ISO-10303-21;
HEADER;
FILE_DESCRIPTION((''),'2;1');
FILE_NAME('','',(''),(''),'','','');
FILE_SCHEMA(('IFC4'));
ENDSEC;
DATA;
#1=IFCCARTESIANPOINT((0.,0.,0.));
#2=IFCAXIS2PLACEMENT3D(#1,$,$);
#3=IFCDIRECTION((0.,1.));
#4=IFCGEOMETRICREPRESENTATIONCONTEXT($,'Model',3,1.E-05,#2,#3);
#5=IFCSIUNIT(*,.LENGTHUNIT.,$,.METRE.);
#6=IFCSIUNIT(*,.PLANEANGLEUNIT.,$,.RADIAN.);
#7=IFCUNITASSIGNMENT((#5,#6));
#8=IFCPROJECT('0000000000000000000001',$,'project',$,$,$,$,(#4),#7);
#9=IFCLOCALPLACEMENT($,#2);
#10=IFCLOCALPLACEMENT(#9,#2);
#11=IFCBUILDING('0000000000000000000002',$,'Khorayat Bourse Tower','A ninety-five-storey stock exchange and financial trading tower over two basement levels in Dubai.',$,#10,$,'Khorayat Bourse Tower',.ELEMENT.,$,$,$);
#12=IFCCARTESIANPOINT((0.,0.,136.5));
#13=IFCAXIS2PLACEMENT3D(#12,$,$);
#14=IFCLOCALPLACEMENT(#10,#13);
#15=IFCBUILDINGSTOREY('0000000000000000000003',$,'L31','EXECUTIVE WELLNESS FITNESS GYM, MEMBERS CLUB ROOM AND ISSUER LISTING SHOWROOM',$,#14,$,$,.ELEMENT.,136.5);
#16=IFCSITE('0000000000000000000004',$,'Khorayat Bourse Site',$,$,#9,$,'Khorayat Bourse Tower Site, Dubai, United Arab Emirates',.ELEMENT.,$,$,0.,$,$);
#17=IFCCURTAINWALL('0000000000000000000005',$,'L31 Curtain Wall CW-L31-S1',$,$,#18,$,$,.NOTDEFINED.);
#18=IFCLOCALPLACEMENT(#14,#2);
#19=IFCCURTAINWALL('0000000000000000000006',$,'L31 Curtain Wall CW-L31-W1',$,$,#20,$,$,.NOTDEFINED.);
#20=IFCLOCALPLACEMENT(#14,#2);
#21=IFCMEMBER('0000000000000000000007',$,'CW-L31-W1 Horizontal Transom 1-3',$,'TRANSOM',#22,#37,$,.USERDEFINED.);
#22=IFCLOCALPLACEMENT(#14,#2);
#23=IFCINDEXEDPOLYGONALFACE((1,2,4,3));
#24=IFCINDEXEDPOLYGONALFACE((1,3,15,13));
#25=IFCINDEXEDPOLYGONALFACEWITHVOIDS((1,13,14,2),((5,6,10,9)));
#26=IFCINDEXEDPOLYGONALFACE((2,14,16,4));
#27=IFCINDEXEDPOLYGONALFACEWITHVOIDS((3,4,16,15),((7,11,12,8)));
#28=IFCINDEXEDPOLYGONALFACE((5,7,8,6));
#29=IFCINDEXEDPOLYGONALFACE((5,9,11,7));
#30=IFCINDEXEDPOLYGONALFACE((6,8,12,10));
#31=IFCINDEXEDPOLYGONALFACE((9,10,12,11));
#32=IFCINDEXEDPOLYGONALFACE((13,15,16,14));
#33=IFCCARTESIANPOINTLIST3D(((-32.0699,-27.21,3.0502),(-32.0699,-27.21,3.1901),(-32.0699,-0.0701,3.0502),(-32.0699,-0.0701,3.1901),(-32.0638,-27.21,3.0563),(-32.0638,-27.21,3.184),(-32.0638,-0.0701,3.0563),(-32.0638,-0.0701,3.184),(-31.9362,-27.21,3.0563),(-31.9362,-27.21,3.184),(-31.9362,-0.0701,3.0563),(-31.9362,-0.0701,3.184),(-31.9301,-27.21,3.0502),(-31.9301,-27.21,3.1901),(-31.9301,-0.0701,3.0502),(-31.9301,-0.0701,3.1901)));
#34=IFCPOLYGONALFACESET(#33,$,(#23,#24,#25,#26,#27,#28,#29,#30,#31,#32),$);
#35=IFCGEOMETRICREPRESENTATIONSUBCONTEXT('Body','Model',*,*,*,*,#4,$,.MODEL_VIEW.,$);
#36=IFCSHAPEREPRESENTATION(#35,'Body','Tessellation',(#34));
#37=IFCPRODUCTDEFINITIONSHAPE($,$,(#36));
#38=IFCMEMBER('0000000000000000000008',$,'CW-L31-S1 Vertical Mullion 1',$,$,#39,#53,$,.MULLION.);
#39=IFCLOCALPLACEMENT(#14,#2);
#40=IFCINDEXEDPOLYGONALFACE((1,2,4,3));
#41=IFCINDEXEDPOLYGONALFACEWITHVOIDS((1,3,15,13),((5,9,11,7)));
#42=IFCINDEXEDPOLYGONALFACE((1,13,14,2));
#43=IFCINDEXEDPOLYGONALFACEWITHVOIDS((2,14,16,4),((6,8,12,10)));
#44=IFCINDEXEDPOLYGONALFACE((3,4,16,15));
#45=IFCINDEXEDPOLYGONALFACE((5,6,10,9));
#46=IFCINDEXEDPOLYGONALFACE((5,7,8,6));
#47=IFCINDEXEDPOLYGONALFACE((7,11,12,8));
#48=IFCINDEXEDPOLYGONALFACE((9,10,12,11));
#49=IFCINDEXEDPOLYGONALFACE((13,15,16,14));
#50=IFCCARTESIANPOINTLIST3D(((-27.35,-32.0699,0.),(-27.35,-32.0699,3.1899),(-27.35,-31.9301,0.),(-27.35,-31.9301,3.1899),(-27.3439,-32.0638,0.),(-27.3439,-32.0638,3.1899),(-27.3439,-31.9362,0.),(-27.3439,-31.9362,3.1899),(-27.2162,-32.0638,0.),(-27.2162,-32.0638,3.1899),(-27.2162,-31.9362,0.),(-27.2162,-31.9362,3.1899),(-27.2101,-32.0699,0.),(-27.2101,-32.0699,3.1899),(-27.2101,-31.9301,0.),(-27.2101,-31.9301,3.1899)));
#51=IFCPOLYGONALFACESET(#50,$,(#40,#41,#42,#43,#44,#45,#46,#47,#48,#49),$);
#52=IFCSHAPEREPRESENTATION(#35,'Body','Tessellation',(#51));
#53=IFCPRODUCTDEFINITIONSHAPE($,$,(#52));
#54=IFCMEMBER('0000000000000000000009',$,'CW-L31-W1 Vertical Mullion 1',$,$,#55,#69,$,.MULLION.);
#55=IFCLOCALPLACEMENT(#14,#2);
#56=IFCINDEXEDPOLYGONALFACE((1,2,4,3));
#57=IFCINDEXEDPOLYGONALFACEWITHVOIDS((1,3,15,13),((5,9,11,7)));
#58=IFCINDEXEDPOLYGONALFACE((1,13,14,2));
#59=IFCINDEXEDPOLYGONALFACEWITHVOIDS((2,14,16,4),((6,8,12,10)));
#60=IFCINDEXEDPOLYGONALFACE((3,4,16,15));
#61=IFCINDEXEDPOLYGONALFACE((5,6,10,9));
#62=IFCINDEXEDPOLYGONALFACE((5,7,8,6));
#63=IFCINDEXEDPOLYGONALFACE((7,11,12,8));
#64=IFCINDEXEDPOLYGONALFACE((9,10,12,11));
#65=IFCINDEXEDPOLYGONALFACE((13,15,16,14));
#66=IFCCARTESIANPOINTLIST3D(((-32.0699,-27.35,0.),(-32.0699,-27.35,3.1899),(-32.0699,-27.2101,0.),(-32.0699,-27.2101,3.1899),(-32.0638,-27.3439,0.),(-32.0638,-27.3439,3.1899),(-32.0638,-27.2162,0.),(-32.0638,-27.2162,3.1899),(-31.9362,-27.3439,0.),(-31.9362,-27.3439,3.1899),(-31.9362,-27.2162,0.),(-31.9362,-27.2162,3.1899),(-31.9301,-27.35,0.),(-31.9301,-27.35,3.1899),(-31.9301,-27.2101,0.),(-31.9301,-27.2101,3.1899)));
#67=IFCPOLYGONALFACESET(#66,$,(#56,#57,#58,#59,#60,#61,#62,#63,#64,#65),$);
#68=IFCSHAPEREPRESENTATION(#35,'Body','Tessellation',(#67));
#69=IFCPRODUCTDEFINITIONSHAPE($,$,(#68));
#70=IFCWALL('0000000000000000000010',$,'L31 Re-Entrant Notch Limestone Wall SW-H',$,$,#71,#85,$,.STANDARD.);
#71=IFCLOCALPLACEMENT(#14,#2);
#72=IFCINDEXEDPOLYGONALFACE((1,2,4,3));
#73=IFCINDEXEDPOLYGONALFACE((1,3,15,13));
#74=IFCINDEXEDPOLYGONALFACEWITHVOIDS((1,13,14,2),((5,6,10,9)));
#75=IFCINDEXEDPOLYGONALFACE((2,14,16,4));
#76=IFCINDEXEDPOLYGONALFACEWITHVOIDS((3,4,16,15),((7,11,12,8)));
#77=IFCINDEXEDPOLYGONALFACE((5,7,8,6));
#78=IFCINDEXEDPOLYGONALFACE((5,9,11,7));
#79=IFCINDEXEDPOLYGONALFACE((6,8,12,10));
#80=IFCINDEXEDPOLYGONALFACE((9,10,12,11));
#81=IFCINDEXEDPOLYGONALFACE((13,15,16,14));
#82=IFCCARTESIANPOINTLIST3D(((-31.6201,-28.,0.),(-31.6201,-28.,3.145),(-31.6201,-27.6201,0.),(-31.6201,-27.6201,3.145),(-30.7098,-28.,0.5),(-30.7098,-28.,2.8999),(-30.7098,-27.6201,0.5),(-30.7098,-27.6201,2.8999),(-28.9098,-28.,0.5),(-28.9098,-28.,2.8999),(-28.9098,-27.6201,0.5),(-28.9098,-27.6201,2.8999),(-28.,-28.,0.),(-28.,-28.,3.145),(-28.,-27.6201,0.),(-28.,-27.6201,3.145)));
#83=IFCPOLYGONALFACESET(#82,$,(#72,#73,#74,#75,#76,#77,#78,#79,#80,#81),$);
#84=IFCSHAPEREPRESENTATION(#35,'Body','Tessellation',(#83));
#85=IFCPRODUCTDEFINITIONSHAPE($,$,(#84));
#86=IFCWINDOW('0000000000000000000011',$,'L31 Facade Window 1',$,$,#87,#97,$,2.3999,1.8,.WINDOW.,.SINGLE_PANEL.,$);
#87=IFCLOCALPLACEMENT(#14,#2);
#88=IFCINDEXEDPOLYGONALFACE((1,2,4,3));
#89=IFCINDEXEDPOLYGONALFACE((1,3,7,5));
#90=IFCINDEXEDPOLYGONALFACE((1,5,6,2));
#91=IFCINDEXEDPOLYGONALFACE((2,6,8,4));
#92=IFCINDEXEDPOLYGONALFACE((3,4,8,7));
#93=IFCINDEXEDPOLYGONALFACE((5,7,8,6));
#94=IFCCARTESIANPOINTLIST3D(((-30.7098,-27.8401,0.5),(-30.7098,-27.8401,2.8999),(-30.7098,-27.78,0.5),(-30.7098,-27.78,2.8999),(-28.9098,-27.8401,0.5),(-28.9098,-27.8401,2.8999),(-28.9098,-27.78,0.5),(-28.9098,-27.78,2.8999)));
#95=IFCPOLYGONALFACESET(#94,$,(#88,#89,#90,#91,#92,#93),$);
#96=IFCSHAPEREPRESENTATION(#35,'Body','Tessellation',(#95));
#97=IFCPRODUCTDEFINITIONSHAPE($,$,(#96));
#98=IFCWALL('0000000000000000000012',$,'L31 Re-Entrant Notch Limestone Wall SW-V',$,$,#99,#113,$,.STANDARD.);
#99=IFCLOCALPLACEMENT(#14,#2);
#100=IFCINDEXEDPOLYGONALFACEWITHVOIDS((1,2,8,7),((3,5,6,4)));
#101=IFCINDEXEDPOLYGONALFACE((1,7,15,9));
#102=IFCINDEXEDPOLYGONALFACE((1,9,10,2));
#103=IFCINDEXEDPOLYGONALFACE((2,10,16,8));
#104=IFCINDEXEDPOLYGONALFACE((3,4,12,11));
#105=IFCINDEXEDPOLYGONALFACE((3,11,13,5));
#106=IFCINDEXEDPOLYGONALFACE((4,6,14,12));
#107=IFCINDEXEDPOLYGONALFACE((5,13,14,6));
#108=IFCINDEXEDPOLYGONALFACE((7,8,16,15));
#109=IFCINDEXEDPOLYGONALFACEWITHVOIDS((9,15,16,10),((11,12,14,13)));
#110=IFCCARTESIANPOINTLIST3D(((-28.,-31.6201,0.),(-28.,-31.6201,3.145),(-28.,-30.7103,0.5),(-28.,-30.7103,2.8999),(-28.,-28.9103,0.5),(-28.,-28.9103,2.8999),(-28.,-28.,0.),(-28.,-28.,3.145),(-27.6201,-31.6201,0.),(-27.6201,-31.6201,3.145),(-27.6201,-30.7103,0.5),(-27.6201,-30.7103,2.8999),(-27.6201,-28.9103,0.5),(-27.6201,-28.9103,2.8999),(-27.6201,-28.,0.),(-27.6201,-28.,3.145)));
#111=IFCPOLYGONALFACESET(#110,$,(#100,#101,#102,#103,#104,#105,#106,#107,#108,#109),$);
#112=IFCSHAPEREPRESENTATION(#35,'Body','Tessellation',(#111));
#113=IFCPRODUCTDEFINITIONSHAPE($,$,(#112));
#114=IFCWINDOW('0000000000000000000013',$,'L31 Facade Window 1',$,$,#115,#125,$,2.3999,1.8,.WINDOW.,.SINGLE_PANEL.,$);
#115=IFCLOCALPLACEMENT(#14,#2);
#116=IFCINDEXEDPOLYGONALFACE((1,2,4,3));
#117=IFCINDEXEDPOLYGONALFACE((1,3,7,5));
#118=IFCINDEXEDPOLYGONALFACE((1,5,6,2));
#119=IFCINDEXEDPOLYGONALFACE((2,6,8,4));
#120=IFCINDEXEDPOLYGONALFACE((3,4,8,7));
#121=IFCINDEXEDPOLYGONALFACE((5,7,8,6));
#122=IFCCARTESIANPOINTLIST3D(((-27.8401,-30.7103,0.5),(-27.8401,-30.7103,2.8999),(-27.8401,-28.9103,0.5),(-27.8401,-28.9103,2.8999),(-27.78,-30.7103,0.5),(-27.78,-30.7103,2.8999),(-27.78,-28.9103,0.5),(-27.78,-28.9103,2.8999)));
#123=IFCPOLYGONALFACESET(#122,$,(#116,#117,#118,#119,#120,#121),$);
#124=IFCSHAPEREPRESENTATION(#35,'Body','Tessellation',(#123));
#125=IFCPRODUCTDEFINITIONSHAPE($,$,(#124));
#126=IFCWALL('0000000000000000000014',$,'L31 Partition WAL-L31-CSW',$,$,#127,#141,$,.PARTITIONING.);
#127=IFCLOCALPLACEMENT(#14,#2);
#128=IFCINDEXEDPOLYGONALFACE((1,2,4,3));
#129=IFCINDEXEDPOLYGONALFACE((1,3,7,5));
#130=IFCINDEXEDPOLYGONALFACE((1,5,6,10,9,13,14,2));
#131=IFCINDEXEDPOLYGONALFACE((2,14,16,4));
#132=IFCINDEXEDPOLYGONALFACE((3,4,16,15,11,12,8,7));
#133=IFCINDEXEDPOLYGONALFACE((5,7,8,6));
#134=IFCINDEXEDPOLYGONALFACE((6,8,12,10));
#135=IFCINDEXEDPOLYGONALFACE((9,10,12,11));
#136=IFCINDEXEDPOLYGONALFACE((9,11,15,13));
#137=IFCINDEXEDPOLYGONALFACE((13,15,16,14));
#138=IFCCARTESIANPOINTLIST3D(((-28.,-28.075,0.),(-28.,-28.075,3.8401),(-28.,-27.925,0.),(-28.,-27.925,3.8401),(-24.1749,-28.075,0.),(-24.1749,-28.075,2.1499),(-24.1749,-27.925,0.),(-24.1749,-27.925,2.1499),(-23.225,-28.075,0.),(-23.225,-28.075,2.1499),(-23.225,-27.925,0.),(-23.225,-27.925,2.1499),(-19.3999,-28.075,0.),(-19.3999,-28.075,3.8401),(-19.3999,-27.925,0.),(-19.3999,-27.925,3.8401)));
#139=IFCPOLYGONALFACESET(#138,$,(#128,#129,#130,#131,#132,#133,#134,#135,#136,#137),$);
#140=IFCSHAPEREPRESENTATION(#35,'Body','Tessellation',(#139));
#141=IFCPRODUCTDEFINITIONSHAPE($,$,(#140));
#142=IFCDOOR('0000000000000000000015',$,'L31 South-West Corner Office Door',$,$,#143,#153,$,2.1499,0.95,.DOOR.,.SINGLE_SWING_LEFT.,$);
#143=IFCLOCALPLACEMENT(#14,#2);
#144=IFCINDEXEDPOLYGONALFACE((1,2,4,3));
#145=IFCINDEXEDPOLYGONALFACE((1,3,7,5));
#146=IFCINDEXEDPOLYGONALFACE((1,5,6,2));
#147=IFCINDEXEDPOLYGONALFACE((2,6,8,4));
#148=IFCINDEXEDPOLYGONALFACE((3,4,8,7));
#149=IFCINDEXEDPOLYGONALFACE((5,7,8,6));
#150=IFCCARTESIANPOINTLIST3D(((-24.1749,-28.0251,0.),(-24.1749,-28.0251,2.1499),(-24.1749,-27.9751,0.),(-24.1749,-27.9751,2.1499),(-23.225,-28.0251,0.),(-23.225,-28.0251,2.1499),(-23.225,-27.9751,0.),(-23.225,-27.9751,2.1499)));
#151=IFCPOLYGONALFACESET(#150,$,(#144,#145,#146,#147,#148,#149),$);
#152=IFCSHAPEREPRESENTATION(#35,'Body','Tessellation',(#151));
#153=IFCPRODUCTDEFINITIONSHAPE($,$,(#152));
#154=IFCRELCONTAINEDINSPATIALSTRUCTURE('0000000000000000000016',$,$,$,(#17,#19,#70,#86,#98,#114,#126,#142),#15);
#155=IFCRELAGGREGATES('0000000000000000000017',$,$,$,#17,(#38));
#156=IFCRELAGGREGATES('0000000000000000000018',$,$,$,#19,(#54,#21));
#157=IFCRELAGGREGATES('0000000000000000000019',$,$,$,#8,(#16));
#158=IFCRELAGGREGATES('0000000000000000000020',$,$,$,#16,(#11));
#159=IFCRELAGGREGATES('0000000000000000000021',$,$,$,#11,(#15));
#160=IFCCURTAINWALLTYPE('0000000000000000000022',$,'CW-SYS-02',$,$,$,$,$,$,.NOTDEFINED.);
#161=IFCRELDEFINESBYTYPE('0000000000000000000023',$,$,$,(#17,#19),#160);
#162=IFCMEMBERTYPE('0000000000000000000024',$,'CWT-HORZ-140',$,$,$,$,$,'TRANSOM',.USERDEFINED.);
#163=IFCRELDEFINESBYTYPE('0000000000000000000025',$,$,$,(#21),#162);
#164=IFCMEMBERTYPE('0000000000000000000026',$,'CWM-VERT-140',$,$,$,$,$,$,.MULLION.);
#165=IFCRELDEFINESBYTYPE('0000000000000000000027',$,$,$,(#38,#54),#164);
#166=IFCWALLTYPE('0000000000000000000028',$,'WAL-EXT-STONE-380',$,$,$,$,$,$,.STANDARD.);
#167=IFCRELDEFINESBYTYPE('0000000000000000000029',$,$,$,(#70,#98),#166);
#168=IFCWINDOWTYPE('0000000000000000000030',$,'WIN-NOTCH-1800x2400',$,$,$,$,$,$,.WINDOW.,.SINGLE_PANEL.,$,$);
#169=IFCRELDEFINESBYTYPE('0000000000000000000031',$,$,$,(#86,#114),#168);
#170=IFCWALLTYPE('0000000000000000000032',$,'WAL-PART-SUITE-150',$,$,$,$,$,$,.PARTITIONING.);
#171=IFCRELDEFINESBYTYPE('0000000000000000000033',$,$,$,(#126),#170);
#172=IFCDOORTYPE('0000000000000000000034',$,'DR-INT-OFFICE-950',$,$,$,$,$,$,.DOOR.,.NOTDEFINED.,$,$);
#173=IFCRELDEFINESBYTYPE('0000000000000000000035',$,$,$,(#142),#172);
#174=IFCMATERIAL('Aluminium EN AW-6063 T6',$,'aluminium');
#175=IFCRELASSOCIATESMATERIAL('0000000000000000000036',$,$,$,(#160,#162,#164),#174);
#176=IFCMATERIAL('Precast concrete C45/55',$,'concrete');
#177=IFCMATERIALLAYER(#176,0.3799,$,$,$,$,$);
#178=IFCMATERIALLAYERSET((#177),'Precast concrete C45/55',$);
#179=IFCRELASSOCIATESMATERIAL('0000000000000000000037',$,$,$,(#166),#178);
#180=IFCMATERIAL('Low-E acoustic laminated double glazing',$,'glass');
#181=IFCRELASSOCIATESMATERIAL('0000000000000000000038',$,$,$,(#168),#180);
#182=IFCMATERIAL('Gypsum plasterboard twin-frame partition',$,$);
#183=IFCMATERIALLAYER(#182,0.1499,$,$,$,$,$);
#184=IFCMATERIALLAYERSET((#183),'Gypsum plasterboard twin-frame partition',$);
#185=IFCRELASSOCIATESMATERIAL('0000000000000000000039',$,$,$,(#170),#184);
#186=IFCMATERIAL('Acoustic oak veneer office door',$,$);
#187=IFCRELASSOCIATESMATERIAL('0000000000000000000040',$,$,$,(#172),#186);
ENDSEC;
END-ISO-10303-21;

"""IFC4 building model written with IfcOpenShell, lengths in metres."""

from ifc_helpers import new_model, si_unit, direction, frame, frame_2d, origin, origin_2d, place, context, subcontext, project, spatial, rectangle, hollow_rectangle, extrude, source, transform, mapped, material, layer, layer_set, material_profile, profile_set, type_object, element, fill, aggregate, save


model = new_model("IFC4")

# Units and contexts
model_context = context("Model", 3, precision=1e-05, world=origin(), true_north=direction((0.0, 1.0)))
body_context = subcontext(model_context, "Body", "Model", "MODEL_VIEW")
ifc_project = project(units=[si_unit("LENGTHUNIT", "METRE"), si_unit("PLANEANGLEUNIT", "RADIAN")], contexts=[model_context])

# Site, building, storey
site_placement = place(None, origin())
site = spatial("IfcSite", under=ifc_project, at=site_placement, Name="Khorayat Bourse Site", LongName="Khorayat Bourse Tower Site, Dubai, United Arab Emirates", CompositionType="ELEMENT", RefElevation=0.0)
building_placement = place(site_placement, origin())
building = spatial("IfcBuilding", under=site, at=building_placement, Name="Khorayat Bourse Tower", Description="A ninety-five-storey stock exchange and financial trading tower over two basement levels in Dubai.", LongName="Khorayat Bourse Tower", CompositionType="ELEMENT")
storey_placement = place(building_placement, frame((0.0, 0.0, 136.5)))
storey = spatial("IfcBuildingStorey", under=building, at=storey_placement, Name="L31", Description="EXECUTIVE WELLNESS FITNESS GYM, MEMBERS CLUB ROOM AND ISSUER LISTING SHOWROOM", CompositionType="ELEMENT", Elevation=136.5)

# Curtain walls, member
ifc_material_1 = material(Name="Aluminium EN AW-6063 T6", Category="aluminium")
curtain_wall_type = type_object("IfcCurtainWallType", Name="CW-SYS-02", PredefinedType="NOTDEFINED", material=ifc_material_1)
curtain_wall_1_placement = place(storey_placement, origin())
curtain_wall_1 = element("IfcCurtainWall", 1, at=curtain_wall_1_placement, inside=storey, type_object=curtain_wall_type, Name="L31 Curtain Wall CW-L31-S1", PredefinedType="NOTDEFINED")
ifc_material_profile_1 = material_profile(ifc_material_1, hollow_rectangle(XDim=0.1399, YDim=0.1399, WallThickness=0.0061, at=origin_2d()), Name="ALU 140x140x6")
ifc_profile_set_1 = profile_set([ifc_material_profile_1], Name="Aluminium EN AW-6063 T6")
member_type_1 = type_object("IfcMemberType", Name="CWT-HORZ-140", ElementType="TRANSOM", PredefinedType="USERDEFINED", material=ifc_profile_set_1)
shared_shape_1 = source(origin(), body_context, "Body", "SweptSolid", [
    extrude(hollow_rectangle(XDim=0.1399, YDim=0.1399, WallThickness=0.0061, at=origin_2d()), origin(), (0.0, 0.0, 1.0), 27.1399),
])
curtain_wall_2_placement = place(storey_placement, origin())
curtain_wall_2 = element("IfcCurtainWall", 2, at=curtain_wall_2_placement, inside=storey, type_object=curtain_wall_type, Name="L31 Curtain Wall CW-L31-W1", PredefinedType="NOTDEFINED")
member_1_placement = place(storey_placement, frame((-32.0, -27.21, 3.1201), z_axis=(0.0, 1.0, 0.0), x_axis=(-1.0, 0.0, 0.0)))
member_1 = element("IfcMember", 3, at=member_1_placement, type_object=member_type_1, Name="CW-L31-W1 Horizontal Transom 1-3", ObjectType="TRANSOM", PredefinedType="USERDEFINED", context=body_context, shape_type="MappedRepresentation", body=[
    mapped(shared_shape_1, transform((0.0, 0.0, 0.0), scale=1.0)),
])

# Members
ifc_material_profile_2 = material_profile(ifc_material_1, hollow_rectangle(XDim=0.1399, YDim=0.1399, WallThickness=0.0061, at=origin_2d()), Name="ALU 140x140x6")
ifc_profile_set_2 = profile_set([ifc_material_profile_2], Name="Aluminium EN AW-6063 T6")
member_type_2 = type_object("IfcMemberType", Name="CWM-VERT-140", PredefinedType="MULLION", material=ifc_profile_set_2)
shared_shape_2 = source(origin(), body_context, "Body", "SweptSolid", [
    extrude(hollow_rectangle(XDim=0.1399, YDim=0.1399, WallThickness=0.0061, at=origin_2d()), origin(), (0.0, 0.0, 1.0), 3.1899),
])
member_2_placement = place(storey_placement, frame((-27.28, -32.0, 0.0), z_axis=(0.0, 0.0, 1.0), x_axis=(0.0, 1.0, 0.0)))
member_2 = element("IfcMember", 4, at=member_2_placement, type_object=member_type_2, Name="CW-L31-S1 Vertical Mullion 1", PredefinedType="MULLION", context=body_context, shape_type="MappedRepresentation", body=[
    mapped(shared_shape_2, transform((0.0, 0.0, 0.0), scale=1.0)),
])
aggregate(curtain_wall_1, [member_2])
member_3_placement = place(storey_placement, frame((-32.0, -27.28, 0.0), z_axis=(0.0, 0.0, 1.0), x_axis=(-1.0, 0.0, 0.0)))
member_3 = element("IfcMember", 5, at=member_3_placement, type_object=member_type_2, Name="CW-L31-W1 Vertical Mullion 1", PredefinedType="MULLION", context=body_context, shape_type="MappedRepresentation", body=[
    mapped(shared_shape_2, transform((0.0, 0.0, 0.0), scale=1.0)),
])
aggregate(curtain_wall_2, [member_3, member_1])

# Walls, openings, windows
ifc_material_2 = material(Name="Precast concrete C45/55", Category="concrete")
ifc_layer_1 = layer(ifc_material_2, 0.3799)
ifc_layer_set_1 = layer_set([ifc_layer_1], Name="Precast concrete C45/55")
wall_type_1 = type_object("IfcWallType", Name="WAL-EXT-STONE-380", PredefinedType="STANDARD", material=ifc_layer_set_1)
shared_shape_3 = source(origin(), body_context, "Body", "SweptSolid", [
    extrude(rectangle(XDim=3.6201, YDim=0.3799, at=frame_2d((1.8101, 0.0))), origin(), (0.0, 0.0, 1.0), 3.145),
])
wall_1_placement = place(storey_placement, frame((-28.0, -27.8101, 0.0), z_axis=(0.0, 0.0, 1.0), x_axis=(-1.0, 0.0, 0.0)))
wall_1 = element("IfcWall", 6, at=wall_1_placement, inside=storey, type_object=wall_type_1, Name="L31 Re-Entrant Notch Limestone Wall SW-H", PredefinedType="STANDARD", context=body_context, shape_type="MappedRepresentation", body=[
    mapped(shared_shape_3, transform((0.0, 0.0, 0.0), scale=1.0)),
])
shared_shape_4 = source(origin(), body_context, "Body", "SweptSolid", [
    extrude(rectangle(XDim=1.8, YDim=2.3999, at=frame_2d((0.8999, 1.2))), frame((0.0, 0.2, 0.0), z_axis=(0.0, -1.0, 0.0), x_axis=(1.0, 0.0, 0.0)), (0.0, 0.0, 1.0), 0.3999),
])
opening_1_placement = place(wall_1_placement, frame((0.9099, 0.0, 0.5)))
opening_1 = element("IfcOpeningElement", 7, at=opening_1_placement, cuts=wall_1, PredefinedType="OPENING", context=body_context, shape_type="MappedRepresentation", body=[
    mapped(shared_shape_4, transform((0.0, 0.0, 0.0), scale=1.0)),
])
ifc_material_3 = material(Name="Low-E acoustic laminated double glazing", Category="glass")
window_type = type_object("IfcWindowType", Name="WIN-NOTCH-1800x2400", PartitioningType="SINGLE_PANEL", PredefinedType="WINDOW", material=ifc_material_3)
shared_shape_5 = source(origin(), body_context, "Body", "SweptSolid", [
    extrude(rectangle(XDim=1.8, YDim=2.3999, at=frame_2d((0.8999, 1.2))), frame((0.0, 0.03, 0.0), z_axis=(0.0, -1.0, 0.0), x_axis=(1.0, 0.0, 0.0)), (0.0, 0.0, 1.0), 0.0601),
])
window_1_placement = place(opening_1_placement, origin())
window_1 = element("IfcWindow", 8, at=window_1_placement, inside=storey, type_object=window_type, Name="L31 Facade Window 1", OverallHeight=2.3999, OverallWidth=1.8, PartitioningType="SINGLE_PANEL", PredefinedType="WINDOW", context=body_context, shape_type="MappedRepresentation", body=[
    mapped(shared_shape_5, transform((0.0, 0.0, 0.0), scale=1.0)),
])
fill(opening_1, window_1)
wall_2_placement = place(storey_placement, frame((-27.8101, -31.6201, 0.0), z_axis=(0.0, 0.0, 1.0), x_axis=(0.0, 1.0, 0.0)))
wall_2 = element("IfcWall", 9, at=wall_2_placement, inside=storey, type_object=wall_type_1, Name="L31 Re-Entrant Notch Limestone Wall SW-V", PredefinedType="STANDARD", context=body_context, shape_type="MappedRepresentation", body=[
    mapped(shared_shape_3, transform((0.0, 0.0, 0.0), scale=1.0)),
])
opening_2_placement = place(wall_2_placement, frame((0.9099, 0.0, 0.5)))
opening_2 = element("IfcOpeningElement", 10, at=opening_2_placement, cuts=wall_2, PredefinedType="OPENING", context=body_context, shape_type="MappedRepresentation", body=[
    mapped(shared_shape_4, transform((0.0, 0.0, 0.0), scale=1.0)),
])
window_2_placement = place(opening_2_placement, origin())
window_2 = element("IfcWindow", 11, at=window_2_placement, inside=storey, type_object=window_type, Name="L31 Facade Window 1", OverallHeight=2.3999, OverallWidth=1.8, PartitioningType="SINGLE_PANEL", PredefinedType="WINDOW", context=body_context, shape_type="MappedRepresentation", body=[
    mapped(shared_shape_5, transform((0.0, 0.0, 0.0), scale=1.0)),
])
fill(opening_2, window_2)

# Wall, opening, door
ifc_material_4 = material(Name="Gypsum plasterboard twin-frame partition")
ifc_layer_2 = layer(ifc_material_4, 0.1499)
ifc_layer_set_2 = layer_set([ifc_layer_2], Name="Gypsum plasterboard twin-frame partition")
wall_type_2 = type_object("IfcWallType", Name="WAL-PART-SUITE-150", PredefinedType="PARTITIONING", material=ifc_layer_set_2)
shared_shape_6 = source(origin(), body_context, "Body", "SweptSolid", [
    extrude(rectangle(XDim=8.6001, YDim=0.1499, at=frame_2d((4.3, 0.0))), origin(), (0.0, 0.0, 1.0), 3.8401),
])
wall_3_placement = place(storey_placement, frame((-28.0, -28.0, 0.0), z_axis=(0.0, 0.0, 1.0), x_axis=(1.0, 0.0, 0.0)))
wall_3 = element("IfcWall", 12, at=wall_3_placement, inside=storey, type_object=wall_type_2, Name="L31 Partition WAL-L31-CSW", PredefinedType="PARTITIONING", context=body_context, shape_type="MappedRepresentation", body=[
    mapped(shared_shape_6, transform((0.0, 0.0, 0.0), scale=1.0)),
])
shared_shape_7 = source(origin(), body_context, "Body", "SweptSolid", [
    extrude(rectangle(XDim=0.95, YDim=2.1499, at=frame_2d((0.4751, 1.075))), frame((0.0, 0.085, 0.0), z_axis=(0.0, -1.0, 0.0), x_axis=(1.0, 0.0, 0.0)), (0.0, 0.0, 1.0), 0.1699),
])
opening_3_placement = place(wall_3_placement, frame((3.825, 0.0, 0.0)))
opening_3 = element("IfcOpeningElement", 13, at=opening_3_placement, cuts=wall_3, PredefinedType="OPENING", context=body_context, shape_type="MappedRepresentation", body=[
    mapped(shared_shape_7, transform((0.0, 0.0, 0.0), scale=1.0)),
])
ifc_material_5 = material(Name="Acoustic oak veneer office door")
door_type = type_object("IfcDoorType", Name="DR-INT-OFFICE-950", OperationType="NOTDEFINED", PredefinedType="DOOR", material=ifc_material_5)
shared_shape_8 = source(origin(), body_context, "Body", "SweptSolid", [
    extrude(rectangle(XDim=0.95, YDim=2.1499, at=frame_2d((0.4751, 1.075))), frame((0.0, 0.0249, 0.0), z_axis=(0.0, -1.0, 0.0), x_axis=(1.0, 0.0, 0.0)), (0.0, 0.0, 1.0), 0.05),
])
door_1_placement = place(opening_3_placement, origin())
door_1 = element("IfcDoor", 14, at=door_1_placement, inside=storey, type_object=door_type, Name="L31 South-West Corner Office Door", OperationType="SINGLE_SWING_LEFT", OverallHeight=2.1499, OverallWidth=0.95, PredefinedType="DOOR", context=body_context, shape_type="MappedRepresentation", body=[
    mapped(shared_shape_8, transform((0.0, 0.0, 0.0), scale=1.0)),
])
fill(opening_3, door_1)

save(model, "model.ifc")
